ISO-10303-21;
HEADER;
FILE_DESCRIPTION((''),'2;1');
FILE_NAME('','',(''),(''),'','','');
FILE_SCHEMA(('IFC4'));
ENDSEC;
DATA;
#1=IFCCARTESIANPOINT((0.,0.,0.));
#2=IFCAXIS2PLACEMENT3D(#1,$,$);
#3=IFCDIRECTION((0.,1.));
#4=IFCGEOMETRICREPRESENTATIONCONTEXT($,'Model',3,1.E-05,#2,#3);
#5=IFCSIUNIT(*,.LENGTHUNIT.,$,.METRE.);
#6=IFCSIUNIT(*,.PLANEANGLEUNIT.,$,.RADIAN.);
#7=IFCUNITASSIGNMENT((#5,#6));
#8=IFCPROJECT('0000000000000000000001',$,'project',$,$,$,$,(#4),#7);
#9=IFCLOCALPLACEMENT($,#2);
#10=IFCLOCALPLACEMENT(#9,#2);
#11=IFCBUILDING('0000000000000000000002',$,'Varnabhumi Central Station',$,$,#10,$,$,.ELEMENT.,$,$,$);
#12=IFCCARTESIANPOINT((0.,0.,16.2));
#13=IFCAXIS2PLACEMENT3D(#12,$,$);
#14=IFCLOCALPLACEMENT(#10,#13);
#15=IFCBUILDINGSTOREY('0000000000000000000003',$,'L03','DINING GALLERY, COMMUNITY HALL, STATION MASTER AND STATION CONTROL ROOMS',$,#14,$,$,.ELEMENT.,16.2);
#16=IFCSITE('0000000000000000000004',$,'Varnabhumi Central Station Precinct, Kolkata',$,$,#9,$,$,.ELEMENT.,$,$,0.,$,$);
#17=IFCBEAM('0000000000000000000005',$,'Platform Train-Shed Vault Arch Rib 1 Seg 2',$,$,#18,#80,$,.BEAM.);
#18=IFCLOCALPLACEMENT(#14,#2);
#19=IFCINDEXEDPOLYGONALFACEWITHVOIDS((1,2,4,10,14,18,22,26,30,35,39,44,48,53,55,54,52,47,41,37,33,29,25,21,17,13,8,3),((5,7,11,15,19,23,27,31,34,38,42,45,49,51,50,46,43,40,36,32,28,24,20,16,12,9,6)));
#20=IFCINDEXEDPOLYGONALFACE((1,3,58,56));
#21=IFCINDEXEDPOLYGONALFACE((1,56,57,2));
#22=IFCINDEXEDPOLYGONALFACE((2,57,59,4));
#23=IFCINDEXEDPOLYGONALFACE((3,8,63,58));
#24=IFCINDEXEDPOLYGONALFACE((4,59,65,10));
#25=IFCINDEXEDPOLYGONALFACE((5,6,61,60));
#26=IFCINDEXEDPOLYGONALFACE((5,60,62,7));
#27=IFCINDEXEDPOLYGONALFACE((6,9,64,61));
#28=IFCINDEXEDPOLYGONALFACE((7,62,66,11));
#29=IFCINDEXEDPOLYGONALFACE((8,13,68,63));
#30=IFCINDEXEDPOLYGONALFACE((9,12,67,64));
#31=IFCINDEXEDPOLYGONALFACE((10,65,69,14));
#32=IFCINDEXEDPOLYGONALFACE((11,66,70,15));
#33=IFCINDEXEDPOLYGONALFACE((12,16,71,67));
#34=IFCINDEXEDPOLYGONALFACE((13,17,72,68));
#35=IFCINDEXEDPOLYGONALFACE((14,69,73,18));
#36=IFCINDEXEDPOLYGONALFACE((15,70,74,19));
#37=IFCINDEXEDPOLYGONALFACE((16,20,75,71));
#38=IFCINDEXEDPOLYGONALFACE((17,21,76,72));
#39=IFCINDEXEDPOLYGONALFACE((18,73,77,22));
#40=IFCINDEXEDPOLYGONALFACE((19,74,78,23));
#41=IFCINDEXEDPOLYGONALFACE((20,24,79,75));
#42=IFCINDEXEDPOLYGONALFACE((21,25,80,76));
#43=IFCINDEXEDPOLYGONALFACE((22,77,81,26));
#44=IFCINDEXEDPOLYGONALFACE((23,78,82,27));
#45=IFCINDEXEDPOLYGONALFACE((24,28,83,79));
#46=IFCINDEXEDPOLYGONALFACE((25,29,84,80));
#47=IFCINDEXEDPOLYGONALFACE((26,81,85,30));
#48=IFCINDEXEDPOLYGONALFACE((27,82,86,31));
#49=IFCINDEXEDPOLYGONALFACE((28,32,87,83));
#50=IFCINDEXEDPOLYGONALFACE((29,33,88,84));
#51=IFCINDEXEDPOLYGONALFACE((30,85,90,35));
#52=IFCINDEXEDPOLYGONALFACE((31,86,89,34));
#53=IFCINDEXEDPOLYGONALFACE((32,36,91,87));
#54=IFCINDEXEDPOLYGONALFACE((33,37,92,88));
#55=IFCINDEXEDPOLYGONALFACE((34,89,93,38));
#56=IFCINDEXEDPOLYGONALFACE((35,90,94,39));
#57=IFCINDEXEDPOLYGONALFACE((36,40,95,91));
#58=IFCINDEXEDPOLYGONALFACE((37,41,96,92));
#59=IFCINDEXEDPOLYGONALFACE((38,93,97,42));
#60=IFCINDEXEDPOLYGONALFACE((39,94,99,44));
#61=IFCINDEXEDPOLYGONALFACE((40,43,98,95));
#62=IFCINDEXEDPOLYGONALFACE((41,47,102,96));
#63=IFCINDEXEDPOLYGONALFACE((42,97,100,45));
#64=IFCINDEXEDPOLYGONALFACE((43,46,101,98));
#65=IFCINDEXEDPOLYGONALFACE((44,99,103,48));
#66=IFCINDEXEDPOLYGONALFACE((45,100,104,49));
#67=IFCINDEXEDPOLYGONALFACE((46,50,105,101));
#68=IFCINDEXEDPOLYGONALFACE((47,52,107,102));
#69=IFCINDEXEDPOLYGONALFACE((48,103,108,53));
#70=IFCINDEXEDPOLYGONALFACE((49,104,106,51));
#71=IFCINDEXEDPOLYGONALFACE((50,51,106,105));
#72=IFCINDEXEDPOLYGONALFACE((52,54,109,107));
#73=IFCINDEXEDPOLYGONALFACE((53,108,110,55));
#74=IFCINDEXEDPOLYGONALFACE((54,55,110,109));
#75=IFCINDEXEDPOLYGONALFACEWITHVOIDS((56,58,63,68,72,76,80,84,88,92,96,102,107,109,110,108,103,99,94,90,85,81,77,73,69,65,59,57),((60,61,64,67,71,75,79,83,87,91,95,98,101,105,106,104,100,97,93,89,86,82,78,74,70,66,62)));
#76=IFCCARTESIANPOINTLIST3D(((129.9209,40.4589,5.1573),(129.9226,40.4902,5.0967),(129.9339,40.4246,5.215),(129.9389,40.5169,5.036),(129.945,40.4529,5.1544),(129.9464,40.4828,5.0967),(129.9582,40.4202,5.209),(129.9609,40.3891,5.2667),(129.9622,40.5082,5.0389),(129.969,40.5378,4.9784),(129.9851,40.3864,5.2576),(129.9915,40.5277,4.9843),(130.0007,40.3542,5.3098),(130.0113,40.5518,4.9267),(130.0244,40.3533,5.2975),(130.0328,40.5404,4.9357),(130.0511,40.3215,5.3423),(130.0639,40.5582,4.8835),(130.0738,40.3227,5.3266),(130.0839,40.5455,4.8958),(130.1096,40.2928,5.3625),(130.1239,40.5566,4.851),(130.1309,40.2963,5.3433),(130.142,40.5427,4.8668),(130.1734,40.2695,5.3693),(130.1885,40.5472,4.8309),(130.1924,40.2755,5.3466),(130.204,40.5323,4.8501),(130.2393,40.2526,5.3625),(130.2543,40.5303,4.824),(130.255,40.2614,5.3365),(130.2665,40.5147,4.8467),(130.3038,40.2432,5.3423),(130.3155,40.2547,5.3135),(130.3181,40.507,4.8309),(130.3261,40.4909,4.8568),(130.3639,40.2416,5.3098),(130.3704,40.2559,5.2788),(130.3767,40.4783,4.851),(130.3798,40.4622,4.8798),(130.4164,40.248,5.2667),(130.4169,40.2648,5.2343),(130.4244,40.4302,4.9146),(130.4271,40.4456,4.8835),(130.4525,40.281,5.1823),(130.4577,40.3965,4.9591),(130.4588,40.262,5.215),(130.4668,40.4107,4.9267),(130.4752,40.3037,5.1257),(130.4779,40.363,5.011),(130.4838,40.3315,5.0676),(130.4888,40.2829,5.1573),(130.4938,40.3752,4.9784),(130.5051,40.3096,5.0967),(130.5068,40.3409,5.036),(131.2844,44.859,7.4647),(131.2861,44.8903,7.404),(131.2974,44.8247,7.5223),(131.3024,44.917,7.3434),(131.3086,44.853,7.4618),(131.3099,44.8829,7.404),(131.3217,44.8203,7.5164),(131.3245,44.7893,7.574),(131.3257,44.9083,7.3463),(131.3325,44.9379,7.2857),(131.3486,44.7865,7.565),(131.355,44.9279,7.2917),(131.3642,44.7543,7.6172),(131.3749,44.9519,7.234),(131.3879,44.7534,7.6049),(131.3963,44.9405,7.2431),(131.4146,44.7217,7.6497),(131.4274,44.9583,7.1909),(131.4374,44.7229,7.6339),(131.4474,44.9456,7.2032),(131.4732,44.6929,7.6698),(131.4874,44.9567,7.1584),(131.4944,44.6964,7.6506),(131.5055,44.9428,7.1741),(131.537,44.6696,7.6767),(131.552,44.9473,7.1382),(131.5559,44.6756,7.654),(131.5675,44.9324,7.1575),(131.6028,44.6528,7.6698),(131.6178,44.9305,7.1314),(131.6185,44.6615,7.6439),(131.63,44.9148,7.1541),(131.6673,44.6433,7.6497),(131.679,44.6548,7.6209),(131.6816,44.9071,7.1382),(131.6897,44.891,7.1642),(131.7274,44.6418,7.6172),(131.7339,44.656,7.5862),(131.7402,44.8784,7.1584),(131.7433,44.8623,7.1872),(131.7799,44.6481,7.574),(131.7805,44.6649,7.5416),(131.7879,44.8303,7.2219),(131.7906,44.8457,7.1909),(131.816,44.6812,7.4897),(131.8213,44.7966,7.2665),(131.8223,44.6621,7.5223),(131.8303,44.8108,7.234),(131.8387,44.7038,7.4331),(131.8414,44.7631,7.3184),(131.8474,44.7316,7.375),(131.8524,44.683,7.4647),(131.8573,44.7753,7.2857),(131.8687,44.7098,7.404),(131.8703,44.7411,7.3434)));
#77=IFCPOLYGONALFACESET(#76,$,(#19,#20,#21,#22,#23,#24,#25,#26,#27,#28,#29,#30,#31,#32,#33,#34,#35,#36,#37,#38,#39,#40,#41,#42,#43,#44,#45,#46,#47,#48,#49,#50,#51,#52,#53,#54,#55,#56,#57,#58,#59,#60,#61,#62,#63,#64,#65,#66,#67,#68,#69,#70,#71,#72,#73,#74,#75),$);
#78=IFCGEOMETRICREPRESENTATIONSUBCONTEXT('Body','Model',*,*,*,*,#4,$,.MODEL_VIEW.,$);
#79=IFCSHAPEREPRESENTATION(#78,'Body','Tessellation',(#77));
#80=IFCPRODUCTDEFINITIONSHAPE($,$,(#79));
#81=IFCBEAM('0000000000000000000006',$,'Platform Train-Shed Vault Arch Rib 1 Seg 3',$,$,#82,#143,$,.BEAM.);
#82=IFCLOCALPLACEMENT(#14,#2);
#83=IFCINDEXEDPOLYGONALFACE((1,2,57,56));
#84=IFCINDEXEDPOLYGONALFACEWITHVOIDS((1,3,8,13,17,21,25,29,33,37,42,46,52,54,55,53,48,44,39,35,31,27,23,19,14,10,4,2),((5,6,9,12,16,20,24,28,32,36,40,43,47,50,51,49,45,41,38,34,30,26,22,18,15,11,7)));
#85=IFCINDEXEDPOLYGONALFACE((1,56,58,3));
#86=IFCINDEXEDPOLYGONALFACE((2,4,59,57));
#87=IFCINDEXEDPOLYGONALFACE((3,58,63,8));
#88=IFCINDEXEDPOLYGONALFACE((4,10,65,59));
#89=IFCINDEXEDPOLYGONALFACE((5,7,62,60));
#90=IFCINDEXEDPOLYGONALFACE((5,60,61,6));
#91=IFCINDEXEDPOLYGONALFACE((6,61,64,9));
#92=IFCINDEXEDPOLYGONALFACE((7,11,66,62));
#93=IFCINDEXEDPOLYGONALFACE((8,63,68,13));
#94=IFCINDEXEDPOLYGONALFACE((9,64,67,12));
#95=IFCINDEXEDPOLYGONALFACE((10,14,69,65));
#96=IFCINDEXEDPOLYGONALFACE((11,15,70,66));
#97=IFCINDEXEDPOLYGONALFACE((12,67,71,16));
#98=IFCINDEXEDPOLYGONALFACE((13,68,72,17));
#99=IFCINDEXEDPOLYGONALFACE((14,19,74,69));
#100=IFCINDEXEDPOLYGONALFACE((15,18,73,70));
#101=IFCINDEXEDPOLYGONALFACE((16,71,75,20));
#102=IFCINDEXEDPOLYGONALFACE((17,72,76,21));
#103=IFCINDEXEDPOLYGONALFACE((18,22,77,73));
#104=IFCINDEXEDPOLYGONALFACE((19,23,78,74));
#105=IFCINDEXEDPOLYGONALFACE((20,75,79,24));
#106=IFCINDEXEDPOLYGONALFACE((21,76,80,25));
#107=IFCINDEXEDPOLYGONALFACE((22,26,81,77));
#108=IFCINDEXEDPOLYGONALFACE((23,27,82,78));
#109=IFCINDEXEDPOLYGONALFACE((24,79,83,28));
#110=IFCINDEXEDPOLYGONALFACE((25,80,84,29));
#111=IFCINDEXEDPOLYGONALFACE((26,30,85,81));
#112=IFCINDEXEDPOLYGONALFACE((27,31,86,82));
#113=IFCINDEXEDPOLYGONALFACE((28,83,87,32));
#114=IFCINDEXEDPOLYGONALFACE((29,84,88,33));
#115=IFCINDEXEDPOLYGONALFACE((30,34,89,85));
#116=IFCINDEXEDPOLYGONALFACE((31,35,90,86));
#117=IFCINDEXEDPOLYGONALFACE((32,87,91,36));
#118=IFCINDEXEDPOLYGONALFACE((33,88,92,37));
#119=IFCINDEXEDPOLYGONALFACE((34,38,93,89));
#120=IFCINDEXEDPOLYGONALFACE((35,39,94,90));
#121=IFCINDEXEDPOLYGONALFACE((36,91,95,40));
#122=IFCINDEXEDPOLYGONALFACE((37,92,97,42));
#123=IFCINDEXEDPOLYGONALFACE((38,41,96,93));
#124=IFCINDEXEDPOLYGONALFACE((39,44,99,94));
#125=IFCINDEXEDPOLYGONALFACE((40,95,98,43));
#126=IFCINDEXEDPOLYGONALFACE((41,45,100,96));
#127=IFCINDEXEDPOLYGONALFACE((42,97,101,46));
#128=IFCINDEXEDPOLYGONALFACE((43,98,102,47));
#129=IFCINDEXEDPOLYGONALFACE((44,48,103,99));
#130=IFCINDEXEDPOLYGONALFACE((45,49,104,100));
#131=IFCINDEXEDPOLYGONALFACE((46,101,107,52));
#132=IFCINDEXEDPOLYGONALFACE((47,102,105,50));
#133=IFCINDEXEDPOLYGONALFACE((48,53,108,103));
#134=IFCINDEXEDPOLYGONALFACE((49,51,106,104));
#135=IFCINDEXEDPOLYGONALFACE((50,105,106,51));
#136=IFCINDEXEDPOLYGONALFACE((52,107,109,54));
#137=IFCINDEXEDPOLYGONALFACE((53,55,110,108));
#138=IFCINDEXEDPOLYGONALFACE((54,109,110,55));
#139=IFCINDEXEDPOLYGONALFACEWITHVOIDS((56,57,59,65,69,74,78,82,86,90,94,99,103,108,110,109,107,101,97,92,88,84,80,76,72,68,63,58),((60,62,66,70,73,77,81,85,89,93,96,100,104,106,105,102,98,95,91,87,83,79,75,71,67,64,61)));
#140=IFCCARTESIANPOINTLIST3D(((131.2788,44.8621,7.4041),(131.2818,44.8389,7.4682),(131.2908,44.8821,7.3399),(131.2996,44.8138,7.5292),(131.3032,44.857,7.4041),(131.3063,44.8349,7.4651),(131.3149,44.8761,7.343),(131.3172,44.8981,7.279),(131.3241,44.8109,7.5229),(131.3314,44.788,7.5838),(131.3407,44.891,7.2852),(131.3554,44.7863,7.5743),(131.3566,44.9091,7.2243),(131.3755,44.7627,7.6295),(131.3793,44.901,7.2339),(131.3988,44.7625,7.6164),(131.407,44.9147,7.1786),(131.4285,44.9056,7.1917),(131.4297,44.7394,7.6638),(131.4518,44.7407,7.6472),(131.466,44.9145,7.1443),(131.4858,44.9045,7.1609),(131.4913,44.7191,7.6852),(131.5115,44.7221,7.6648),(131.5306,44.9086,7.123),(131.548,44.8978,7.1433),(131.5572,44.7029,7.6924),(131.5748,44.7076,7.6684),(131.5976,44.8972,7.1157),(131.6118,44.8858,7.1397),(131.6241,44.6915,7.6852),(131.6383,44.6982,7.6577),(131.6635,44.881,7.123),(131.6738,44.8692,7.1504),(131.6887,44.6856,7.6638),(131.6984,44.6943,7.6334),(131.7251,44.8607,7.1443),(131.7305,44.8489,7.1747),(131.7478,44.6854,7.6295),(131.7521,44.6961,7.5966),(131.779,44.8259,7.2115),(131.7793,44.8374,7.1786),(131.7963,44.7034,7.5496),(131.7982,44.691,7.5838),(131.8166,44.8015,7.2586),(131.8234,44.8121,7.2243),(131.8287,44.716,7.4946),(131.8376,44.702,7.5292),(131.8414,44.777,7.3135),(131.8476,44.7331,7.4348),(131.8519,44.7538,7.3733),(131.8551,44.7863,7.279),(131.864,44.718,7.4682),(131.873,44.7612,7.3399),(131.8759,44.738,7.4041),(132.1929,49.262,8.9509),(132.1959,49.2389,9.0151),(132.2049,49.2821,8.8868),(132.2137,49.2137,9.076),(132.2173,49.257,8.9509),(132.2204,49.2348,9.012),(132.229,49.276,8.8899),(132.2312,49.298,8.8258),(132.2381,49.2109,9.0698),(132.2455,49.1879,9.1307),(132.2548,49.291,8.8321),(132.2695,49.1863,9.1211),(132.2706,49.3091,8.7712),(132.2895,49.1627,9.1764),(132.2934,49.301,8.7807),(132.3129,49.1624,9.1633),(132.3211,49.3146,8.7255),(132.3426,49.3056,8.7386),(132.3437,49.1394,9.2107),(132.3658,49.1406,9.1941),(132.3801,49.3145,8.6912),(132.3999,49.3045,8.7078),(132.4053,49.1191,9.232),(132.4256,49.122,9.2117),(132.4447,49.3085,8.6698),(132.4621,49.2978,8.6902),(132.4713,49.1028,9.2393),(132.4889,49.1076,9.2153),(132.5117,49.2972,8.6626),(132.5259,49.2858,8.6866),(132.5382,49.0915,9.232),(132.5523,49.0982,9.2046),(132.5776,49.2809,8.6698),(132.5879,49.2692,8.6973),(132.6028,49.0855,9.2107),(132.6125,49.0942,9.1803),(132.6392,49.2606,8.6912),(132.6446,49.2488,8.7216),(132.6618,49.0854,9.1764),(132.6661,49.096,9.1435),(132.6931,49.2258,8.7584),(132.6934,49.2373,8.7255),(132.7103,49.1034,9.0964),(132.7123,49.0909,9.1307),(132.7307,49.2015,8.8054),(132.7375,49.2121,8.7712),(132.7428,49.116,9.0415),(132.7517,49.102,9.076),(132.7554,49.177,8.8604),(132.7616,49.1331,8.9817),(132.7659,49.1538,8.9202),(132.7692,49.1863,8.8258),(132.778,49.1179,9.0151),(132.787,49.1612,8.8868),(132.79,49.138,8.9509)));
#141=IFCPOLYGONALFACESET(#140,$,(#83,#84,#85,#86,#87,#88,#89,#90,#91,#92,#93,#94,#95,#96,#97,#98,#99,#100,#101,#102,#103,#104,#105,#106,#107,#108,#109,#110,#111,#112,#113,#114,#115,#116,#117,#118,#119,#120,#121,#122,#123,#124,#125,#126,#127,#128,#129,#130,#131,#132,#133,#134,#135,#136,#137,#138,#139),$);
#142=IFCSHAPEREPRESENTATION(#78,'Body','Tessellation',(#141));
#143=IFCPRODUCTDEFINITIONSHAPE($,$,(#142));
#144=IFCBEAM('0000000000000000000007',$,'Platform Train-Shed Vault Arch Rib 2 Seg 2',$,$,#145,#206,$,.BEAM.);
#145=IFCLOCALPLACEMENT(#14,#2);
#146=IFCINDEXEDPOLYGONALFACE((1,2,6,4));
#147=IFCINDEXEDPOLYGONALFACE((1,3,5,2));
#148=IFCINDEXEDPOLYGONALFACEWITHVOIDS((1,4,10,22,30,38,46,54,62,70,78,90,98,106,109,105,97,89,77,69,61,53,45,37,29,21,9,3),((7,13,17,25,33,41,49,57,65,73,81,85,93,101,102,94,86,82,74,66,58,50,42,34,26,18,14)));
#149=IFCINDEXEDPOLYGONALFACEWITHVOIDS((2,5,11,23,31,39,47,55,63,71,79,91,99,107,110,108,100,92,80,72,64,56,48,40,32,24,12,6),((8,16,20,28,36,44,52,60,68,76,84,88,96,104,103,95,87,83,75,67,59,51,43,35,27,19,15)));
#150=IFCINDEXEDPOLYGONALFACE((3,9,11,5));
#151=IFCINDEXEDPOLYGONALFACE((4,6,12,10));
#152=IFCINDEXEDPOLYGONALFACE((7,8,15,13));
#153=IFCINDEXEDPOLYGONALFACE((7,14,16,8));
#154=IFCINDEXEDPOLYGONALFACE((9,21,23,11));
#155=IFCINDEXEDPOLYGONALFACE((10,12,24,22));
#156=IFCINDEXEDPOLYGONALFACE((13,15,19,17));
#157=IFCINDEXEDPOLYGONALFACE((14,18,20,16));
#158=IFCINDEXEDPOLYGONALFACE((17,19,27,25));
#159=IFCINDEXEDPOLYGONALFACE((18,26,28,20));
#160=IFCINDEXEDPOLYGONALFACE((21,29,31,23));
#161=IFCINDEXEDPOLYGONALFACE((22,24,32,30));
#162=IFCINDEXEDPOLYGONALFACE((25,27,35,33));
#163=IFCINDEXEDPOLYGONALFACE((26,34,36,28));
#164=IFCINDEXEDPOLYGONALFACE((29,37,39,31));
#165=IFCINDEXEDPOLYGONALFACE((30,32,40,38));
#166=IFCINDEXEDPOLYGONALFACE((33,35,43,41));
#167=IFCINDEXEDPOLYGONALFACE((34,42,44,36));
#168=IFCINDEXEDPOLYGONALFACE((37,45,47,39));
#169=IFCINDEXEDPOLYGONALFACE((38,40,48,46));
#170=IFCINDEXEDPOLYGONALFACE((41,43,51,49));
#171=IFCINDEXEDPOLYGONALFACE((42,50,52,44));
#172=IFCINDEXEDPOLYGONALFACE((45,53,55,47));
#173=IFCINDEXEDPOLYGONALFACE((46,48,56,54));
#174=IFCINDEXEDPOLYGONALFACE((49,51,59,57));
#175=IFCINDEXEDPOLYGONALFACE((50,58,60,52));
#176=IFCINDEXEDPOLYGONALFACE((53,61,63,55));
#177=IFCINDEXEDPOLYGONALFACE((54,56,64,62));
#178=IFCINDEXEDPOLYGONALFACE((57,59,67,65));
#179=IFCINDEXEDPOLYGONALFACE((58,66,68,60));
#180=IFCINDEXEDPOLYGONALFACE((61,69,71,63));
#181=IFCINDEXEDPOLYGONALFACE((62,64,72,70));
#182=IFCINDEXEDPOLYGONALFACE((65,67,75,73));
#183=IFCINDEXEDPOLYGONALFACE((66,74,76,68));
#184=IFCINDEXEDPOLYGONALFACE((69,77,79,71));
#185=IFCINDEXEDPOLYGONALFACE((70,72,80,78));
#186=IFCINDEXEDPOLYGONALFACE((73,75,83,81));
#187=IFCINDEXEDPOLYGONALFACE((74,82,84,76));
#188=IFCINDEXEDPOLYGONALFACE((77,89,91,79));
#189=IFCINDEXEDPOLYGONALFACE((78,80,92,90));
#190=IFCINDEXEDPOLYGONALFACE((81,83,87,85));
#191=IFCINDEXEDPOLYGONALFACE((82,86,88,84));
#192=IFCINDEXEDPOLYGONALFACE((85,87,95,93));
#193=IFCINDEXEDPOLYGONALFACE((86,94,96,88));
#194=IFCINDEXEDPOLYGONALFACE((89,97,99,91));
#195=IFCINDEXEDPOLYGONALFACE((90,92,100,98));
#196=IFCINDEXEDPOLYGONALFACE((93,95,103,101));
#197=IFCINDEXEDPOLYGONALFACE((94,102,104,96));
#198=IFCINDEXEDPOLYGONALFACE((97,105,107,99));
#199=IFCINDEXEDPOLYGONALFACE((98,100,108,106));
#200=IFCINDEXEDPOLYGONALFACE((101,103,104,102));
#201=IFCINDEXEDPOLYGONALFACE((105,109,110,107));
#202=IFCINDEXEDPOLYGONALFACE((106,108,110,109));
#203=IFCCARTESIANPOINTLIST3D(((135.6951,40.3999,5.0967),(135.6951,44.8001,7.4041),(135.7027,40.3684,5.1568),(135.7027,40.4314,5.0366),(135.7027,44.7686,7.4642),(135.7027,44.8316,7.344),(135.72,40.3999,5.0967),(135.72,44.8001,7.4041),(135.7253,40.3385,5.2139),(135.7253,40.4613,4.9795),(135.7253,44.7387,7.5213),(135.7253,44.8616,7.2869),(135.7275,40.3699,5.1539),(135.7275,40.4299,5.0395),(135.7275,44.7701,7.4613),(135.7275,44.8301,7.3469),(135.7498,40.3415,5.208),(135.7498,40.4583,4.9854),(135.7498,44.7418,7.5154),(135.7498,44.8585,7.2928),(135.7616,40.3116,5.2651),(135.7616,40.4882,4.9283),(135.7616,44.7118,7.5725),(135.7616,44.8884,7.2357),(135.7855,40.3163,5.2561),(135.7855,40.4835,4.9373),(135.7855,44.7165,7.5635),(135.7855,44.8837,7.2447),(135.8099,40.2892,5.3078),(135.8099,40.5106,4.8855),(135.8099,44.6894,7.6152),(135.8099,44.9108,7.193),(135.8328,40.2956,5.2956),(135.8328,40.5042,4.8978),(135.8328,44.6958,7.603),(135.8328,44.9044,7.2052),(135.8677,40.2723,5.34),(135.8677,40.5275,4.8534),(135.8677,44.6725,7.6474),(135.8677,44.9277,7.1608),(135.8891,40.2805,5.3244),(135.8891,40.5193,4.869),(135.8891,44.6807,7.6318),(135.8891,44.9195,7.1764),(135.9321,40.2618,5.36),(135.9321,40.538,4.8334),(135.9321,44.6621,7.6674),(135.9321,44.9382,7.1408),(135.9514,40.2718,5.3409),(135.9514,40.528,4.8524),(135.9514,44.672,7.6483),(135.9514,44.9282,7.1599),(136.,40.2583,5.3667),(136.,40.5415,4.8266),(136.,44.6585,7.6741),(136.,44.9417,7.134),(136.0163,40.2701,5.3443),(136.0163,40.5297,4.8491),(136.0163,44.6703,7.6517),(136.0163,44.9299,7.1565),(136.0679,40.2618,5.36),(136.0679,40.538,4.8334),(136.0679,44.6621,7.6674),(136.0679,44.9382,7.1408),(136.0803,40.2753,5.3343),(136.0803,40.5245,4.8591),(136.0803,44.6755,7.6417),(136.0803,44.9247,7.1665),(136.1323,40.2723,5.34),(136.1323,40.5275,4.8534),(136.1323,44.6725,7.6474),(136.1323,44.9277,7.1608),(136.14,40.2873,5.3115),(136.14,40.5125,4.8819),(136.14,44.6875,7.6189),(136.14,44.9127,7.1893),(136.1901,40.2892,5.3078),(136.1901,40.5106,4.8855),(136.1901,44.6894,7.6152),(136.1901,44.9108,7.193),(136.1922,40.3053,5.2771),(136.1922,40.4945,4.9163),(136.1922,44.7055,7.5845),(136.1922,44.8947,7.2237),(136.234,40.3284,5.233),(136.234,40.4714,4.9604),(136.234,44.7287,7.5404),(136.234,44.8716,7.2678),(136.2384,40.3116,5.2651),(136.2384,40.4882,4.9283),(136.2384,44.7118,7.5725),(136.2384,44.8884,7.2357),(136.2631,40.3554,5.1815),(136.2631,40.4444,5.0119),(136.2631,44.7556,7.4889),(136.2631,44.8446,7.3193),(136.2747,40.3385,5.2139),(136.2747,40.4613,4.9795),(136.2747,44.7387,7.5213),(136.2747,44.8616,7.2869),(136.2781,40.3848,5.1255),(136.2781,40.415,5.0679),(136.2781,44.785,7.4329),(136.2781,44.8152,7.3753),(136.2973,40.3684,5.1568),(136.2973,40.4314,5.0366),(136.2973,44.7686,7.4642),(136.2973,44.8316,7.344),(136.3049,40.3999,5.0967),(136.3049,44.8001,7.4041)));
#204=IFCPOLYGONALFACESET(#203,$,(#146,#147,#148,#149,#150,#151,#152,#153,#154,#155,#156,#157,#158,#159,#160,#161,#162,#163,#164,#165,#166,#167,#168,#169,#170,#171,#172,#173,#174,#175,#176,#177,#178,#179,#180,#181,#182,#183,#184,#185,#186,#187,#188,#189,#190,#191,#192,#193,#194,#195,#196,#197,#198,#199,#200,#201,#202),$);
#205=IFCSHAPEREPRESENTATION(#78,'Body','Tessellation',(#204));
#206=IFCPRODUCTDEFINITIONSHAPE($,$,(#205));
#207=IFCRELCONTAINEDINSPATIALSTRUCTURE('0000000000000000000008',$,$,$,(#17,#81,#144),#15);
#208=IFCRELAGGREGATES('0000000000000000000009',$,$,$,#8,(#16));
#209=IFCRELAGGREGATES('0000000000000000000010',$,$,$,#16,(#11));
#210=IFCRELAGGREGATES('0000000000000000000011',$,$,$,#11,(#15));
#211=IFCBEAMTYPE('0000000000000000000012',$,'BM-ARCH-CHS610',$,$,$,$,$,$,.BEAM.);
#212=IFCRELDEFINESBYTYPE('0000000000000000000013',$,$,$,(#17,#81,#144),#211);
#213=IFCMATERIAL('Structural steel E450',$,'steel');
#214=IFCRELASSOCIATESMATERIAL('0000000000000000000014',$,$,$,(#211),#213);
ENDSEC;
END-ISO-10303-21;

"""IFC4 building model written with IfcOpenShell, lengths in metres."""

from ifc_helpers import new_model, si_unit, direction, frame, origin, origin_2d, place, context, subcontext, project, spatial, hollow_circle, extrude, material, material_profile, profile_set, type_object, element, save


model = new_model("IFC4")

# Units and contexts
model_context = context("Model", 3, precision=1e-05, world=origin(), true_north=direction((0.0, 1.0)))
body_context = subcontext(model_context, "Body", "Model", "MODEL_VIEW")
ifc_project = project(units=[si_unit("LENGTHUNIT", "METRE"), si_unit("PLANEANGLEUNIT", "RADIAN")], contexts=[model_context])

# Site, building, storey
site_placement = place(None, origin())
site = spatial("IfcSite", under=ifc_project, at=site_placement, Name="Varnabhumi Central Station Precinct, Kolkata", CompositionType="ELEMENT", RefElevation=0.0)
building_placement = place(site_placement, origin())
building = spatial("IfcBuilding", under=site, at=building_placement, Name="Varnabhumi Central Station", CompositionType="ELEMENT")
storey_placement = place(building_placement, frame((0.0, 0.0, 16.2)))
storey = spatial("IfcBuildingStorey", under=building, at=storey_placement, Name="L03", Description="DINING GALLERY, COMMUNITY HALL, STATION MASTER AND STATION CONTROL ROOMS", CompositionType="ELEMENT", Elevation=16.2)

# Beams
ifc_material_1 = material(Name="Structural steel E450", Category="steel")
ifc_material_profile_1 = material_profile(ifc_material_1, hollow_circle(Radius=0.3049, WallThickness=0.0249, at=origin_2d()), Name="Structural steel E450", Category="steel")
ifc_profile_set_1 = profile_set([ifc_material_profile_1], Name="Structural steel E450")
beam_type_1 = type_object("IfcBeamType", Name="BM-ARCH-CHS610", PredefinedType="BEAM", material=ifc_profile_set_1)
beam_1_placement = place(storey_placement, frame((130.2139, 40.3999, 5.0967), z_axis=(0.264653, 0.854044, 0.447848), x_axis=(-0.955189, 0.295996, 0.0)))
element("IfcBeam", 1, at=beam_1_placement, inside=storey, type_object=beam_type_1, Name="Platform Train-Shed Vault Arch Rib 1 Seg 2", PredefinedType="BEAM", context=body_context, shape_type="SweptSolid", body=[
    extrude(hollow_circle(Radius=0.3049, WallThickness=0.0249, at=origin_2d()), origin(), (0.0, 0.0, 1.0), 5.1521),
])
beam_2_placement = place(storey_placement, frame((131.5774, 44.8, 7.4041), z_axis=(0.192328, 0.925783, 0.325478), x_axis=(-0.979095, 0.203403, 0.0)))
element("IfcBeam", 2, at=beam_2_placement, inside=storey, type_object=beam_type_1, Name="Platform Train-Shed Vault Arch Rib 1 Seg 3", PredefinedType="BEAM", context=body_context, shape_type="SweptSolid", body=[
    extrude(hollow_circle(Radius=0.3049, WallThickness=0.0249, at=origin_2d()), origin(), (0.0, 0.0, 1.0), 4.7527),
])
beam_3_placement = place(storey_placement, frame((136.0, 40.3999, 5.0967), z_axis=(0.0, 0.885622, 0.464407), x_axis=(-1.0, 0.0, 0.0)))
element("IfcBeam", 3, at=beam_3_placement, inside=storey, type_object=beam_type_1, Name="Platform Train-Shed Vault Arch Rib 2 Seg 2", PredefinedType="BEAM", context=body_context, shape_type="SweptSolid", body=[
    extrude(hollow_circle(Radius=0.3049, WallThickness=0.0249, at=origin_2d()), origin(), (0.0, 0.0, 1.0), 4.9685),
])

save(model, "model.ifc")
